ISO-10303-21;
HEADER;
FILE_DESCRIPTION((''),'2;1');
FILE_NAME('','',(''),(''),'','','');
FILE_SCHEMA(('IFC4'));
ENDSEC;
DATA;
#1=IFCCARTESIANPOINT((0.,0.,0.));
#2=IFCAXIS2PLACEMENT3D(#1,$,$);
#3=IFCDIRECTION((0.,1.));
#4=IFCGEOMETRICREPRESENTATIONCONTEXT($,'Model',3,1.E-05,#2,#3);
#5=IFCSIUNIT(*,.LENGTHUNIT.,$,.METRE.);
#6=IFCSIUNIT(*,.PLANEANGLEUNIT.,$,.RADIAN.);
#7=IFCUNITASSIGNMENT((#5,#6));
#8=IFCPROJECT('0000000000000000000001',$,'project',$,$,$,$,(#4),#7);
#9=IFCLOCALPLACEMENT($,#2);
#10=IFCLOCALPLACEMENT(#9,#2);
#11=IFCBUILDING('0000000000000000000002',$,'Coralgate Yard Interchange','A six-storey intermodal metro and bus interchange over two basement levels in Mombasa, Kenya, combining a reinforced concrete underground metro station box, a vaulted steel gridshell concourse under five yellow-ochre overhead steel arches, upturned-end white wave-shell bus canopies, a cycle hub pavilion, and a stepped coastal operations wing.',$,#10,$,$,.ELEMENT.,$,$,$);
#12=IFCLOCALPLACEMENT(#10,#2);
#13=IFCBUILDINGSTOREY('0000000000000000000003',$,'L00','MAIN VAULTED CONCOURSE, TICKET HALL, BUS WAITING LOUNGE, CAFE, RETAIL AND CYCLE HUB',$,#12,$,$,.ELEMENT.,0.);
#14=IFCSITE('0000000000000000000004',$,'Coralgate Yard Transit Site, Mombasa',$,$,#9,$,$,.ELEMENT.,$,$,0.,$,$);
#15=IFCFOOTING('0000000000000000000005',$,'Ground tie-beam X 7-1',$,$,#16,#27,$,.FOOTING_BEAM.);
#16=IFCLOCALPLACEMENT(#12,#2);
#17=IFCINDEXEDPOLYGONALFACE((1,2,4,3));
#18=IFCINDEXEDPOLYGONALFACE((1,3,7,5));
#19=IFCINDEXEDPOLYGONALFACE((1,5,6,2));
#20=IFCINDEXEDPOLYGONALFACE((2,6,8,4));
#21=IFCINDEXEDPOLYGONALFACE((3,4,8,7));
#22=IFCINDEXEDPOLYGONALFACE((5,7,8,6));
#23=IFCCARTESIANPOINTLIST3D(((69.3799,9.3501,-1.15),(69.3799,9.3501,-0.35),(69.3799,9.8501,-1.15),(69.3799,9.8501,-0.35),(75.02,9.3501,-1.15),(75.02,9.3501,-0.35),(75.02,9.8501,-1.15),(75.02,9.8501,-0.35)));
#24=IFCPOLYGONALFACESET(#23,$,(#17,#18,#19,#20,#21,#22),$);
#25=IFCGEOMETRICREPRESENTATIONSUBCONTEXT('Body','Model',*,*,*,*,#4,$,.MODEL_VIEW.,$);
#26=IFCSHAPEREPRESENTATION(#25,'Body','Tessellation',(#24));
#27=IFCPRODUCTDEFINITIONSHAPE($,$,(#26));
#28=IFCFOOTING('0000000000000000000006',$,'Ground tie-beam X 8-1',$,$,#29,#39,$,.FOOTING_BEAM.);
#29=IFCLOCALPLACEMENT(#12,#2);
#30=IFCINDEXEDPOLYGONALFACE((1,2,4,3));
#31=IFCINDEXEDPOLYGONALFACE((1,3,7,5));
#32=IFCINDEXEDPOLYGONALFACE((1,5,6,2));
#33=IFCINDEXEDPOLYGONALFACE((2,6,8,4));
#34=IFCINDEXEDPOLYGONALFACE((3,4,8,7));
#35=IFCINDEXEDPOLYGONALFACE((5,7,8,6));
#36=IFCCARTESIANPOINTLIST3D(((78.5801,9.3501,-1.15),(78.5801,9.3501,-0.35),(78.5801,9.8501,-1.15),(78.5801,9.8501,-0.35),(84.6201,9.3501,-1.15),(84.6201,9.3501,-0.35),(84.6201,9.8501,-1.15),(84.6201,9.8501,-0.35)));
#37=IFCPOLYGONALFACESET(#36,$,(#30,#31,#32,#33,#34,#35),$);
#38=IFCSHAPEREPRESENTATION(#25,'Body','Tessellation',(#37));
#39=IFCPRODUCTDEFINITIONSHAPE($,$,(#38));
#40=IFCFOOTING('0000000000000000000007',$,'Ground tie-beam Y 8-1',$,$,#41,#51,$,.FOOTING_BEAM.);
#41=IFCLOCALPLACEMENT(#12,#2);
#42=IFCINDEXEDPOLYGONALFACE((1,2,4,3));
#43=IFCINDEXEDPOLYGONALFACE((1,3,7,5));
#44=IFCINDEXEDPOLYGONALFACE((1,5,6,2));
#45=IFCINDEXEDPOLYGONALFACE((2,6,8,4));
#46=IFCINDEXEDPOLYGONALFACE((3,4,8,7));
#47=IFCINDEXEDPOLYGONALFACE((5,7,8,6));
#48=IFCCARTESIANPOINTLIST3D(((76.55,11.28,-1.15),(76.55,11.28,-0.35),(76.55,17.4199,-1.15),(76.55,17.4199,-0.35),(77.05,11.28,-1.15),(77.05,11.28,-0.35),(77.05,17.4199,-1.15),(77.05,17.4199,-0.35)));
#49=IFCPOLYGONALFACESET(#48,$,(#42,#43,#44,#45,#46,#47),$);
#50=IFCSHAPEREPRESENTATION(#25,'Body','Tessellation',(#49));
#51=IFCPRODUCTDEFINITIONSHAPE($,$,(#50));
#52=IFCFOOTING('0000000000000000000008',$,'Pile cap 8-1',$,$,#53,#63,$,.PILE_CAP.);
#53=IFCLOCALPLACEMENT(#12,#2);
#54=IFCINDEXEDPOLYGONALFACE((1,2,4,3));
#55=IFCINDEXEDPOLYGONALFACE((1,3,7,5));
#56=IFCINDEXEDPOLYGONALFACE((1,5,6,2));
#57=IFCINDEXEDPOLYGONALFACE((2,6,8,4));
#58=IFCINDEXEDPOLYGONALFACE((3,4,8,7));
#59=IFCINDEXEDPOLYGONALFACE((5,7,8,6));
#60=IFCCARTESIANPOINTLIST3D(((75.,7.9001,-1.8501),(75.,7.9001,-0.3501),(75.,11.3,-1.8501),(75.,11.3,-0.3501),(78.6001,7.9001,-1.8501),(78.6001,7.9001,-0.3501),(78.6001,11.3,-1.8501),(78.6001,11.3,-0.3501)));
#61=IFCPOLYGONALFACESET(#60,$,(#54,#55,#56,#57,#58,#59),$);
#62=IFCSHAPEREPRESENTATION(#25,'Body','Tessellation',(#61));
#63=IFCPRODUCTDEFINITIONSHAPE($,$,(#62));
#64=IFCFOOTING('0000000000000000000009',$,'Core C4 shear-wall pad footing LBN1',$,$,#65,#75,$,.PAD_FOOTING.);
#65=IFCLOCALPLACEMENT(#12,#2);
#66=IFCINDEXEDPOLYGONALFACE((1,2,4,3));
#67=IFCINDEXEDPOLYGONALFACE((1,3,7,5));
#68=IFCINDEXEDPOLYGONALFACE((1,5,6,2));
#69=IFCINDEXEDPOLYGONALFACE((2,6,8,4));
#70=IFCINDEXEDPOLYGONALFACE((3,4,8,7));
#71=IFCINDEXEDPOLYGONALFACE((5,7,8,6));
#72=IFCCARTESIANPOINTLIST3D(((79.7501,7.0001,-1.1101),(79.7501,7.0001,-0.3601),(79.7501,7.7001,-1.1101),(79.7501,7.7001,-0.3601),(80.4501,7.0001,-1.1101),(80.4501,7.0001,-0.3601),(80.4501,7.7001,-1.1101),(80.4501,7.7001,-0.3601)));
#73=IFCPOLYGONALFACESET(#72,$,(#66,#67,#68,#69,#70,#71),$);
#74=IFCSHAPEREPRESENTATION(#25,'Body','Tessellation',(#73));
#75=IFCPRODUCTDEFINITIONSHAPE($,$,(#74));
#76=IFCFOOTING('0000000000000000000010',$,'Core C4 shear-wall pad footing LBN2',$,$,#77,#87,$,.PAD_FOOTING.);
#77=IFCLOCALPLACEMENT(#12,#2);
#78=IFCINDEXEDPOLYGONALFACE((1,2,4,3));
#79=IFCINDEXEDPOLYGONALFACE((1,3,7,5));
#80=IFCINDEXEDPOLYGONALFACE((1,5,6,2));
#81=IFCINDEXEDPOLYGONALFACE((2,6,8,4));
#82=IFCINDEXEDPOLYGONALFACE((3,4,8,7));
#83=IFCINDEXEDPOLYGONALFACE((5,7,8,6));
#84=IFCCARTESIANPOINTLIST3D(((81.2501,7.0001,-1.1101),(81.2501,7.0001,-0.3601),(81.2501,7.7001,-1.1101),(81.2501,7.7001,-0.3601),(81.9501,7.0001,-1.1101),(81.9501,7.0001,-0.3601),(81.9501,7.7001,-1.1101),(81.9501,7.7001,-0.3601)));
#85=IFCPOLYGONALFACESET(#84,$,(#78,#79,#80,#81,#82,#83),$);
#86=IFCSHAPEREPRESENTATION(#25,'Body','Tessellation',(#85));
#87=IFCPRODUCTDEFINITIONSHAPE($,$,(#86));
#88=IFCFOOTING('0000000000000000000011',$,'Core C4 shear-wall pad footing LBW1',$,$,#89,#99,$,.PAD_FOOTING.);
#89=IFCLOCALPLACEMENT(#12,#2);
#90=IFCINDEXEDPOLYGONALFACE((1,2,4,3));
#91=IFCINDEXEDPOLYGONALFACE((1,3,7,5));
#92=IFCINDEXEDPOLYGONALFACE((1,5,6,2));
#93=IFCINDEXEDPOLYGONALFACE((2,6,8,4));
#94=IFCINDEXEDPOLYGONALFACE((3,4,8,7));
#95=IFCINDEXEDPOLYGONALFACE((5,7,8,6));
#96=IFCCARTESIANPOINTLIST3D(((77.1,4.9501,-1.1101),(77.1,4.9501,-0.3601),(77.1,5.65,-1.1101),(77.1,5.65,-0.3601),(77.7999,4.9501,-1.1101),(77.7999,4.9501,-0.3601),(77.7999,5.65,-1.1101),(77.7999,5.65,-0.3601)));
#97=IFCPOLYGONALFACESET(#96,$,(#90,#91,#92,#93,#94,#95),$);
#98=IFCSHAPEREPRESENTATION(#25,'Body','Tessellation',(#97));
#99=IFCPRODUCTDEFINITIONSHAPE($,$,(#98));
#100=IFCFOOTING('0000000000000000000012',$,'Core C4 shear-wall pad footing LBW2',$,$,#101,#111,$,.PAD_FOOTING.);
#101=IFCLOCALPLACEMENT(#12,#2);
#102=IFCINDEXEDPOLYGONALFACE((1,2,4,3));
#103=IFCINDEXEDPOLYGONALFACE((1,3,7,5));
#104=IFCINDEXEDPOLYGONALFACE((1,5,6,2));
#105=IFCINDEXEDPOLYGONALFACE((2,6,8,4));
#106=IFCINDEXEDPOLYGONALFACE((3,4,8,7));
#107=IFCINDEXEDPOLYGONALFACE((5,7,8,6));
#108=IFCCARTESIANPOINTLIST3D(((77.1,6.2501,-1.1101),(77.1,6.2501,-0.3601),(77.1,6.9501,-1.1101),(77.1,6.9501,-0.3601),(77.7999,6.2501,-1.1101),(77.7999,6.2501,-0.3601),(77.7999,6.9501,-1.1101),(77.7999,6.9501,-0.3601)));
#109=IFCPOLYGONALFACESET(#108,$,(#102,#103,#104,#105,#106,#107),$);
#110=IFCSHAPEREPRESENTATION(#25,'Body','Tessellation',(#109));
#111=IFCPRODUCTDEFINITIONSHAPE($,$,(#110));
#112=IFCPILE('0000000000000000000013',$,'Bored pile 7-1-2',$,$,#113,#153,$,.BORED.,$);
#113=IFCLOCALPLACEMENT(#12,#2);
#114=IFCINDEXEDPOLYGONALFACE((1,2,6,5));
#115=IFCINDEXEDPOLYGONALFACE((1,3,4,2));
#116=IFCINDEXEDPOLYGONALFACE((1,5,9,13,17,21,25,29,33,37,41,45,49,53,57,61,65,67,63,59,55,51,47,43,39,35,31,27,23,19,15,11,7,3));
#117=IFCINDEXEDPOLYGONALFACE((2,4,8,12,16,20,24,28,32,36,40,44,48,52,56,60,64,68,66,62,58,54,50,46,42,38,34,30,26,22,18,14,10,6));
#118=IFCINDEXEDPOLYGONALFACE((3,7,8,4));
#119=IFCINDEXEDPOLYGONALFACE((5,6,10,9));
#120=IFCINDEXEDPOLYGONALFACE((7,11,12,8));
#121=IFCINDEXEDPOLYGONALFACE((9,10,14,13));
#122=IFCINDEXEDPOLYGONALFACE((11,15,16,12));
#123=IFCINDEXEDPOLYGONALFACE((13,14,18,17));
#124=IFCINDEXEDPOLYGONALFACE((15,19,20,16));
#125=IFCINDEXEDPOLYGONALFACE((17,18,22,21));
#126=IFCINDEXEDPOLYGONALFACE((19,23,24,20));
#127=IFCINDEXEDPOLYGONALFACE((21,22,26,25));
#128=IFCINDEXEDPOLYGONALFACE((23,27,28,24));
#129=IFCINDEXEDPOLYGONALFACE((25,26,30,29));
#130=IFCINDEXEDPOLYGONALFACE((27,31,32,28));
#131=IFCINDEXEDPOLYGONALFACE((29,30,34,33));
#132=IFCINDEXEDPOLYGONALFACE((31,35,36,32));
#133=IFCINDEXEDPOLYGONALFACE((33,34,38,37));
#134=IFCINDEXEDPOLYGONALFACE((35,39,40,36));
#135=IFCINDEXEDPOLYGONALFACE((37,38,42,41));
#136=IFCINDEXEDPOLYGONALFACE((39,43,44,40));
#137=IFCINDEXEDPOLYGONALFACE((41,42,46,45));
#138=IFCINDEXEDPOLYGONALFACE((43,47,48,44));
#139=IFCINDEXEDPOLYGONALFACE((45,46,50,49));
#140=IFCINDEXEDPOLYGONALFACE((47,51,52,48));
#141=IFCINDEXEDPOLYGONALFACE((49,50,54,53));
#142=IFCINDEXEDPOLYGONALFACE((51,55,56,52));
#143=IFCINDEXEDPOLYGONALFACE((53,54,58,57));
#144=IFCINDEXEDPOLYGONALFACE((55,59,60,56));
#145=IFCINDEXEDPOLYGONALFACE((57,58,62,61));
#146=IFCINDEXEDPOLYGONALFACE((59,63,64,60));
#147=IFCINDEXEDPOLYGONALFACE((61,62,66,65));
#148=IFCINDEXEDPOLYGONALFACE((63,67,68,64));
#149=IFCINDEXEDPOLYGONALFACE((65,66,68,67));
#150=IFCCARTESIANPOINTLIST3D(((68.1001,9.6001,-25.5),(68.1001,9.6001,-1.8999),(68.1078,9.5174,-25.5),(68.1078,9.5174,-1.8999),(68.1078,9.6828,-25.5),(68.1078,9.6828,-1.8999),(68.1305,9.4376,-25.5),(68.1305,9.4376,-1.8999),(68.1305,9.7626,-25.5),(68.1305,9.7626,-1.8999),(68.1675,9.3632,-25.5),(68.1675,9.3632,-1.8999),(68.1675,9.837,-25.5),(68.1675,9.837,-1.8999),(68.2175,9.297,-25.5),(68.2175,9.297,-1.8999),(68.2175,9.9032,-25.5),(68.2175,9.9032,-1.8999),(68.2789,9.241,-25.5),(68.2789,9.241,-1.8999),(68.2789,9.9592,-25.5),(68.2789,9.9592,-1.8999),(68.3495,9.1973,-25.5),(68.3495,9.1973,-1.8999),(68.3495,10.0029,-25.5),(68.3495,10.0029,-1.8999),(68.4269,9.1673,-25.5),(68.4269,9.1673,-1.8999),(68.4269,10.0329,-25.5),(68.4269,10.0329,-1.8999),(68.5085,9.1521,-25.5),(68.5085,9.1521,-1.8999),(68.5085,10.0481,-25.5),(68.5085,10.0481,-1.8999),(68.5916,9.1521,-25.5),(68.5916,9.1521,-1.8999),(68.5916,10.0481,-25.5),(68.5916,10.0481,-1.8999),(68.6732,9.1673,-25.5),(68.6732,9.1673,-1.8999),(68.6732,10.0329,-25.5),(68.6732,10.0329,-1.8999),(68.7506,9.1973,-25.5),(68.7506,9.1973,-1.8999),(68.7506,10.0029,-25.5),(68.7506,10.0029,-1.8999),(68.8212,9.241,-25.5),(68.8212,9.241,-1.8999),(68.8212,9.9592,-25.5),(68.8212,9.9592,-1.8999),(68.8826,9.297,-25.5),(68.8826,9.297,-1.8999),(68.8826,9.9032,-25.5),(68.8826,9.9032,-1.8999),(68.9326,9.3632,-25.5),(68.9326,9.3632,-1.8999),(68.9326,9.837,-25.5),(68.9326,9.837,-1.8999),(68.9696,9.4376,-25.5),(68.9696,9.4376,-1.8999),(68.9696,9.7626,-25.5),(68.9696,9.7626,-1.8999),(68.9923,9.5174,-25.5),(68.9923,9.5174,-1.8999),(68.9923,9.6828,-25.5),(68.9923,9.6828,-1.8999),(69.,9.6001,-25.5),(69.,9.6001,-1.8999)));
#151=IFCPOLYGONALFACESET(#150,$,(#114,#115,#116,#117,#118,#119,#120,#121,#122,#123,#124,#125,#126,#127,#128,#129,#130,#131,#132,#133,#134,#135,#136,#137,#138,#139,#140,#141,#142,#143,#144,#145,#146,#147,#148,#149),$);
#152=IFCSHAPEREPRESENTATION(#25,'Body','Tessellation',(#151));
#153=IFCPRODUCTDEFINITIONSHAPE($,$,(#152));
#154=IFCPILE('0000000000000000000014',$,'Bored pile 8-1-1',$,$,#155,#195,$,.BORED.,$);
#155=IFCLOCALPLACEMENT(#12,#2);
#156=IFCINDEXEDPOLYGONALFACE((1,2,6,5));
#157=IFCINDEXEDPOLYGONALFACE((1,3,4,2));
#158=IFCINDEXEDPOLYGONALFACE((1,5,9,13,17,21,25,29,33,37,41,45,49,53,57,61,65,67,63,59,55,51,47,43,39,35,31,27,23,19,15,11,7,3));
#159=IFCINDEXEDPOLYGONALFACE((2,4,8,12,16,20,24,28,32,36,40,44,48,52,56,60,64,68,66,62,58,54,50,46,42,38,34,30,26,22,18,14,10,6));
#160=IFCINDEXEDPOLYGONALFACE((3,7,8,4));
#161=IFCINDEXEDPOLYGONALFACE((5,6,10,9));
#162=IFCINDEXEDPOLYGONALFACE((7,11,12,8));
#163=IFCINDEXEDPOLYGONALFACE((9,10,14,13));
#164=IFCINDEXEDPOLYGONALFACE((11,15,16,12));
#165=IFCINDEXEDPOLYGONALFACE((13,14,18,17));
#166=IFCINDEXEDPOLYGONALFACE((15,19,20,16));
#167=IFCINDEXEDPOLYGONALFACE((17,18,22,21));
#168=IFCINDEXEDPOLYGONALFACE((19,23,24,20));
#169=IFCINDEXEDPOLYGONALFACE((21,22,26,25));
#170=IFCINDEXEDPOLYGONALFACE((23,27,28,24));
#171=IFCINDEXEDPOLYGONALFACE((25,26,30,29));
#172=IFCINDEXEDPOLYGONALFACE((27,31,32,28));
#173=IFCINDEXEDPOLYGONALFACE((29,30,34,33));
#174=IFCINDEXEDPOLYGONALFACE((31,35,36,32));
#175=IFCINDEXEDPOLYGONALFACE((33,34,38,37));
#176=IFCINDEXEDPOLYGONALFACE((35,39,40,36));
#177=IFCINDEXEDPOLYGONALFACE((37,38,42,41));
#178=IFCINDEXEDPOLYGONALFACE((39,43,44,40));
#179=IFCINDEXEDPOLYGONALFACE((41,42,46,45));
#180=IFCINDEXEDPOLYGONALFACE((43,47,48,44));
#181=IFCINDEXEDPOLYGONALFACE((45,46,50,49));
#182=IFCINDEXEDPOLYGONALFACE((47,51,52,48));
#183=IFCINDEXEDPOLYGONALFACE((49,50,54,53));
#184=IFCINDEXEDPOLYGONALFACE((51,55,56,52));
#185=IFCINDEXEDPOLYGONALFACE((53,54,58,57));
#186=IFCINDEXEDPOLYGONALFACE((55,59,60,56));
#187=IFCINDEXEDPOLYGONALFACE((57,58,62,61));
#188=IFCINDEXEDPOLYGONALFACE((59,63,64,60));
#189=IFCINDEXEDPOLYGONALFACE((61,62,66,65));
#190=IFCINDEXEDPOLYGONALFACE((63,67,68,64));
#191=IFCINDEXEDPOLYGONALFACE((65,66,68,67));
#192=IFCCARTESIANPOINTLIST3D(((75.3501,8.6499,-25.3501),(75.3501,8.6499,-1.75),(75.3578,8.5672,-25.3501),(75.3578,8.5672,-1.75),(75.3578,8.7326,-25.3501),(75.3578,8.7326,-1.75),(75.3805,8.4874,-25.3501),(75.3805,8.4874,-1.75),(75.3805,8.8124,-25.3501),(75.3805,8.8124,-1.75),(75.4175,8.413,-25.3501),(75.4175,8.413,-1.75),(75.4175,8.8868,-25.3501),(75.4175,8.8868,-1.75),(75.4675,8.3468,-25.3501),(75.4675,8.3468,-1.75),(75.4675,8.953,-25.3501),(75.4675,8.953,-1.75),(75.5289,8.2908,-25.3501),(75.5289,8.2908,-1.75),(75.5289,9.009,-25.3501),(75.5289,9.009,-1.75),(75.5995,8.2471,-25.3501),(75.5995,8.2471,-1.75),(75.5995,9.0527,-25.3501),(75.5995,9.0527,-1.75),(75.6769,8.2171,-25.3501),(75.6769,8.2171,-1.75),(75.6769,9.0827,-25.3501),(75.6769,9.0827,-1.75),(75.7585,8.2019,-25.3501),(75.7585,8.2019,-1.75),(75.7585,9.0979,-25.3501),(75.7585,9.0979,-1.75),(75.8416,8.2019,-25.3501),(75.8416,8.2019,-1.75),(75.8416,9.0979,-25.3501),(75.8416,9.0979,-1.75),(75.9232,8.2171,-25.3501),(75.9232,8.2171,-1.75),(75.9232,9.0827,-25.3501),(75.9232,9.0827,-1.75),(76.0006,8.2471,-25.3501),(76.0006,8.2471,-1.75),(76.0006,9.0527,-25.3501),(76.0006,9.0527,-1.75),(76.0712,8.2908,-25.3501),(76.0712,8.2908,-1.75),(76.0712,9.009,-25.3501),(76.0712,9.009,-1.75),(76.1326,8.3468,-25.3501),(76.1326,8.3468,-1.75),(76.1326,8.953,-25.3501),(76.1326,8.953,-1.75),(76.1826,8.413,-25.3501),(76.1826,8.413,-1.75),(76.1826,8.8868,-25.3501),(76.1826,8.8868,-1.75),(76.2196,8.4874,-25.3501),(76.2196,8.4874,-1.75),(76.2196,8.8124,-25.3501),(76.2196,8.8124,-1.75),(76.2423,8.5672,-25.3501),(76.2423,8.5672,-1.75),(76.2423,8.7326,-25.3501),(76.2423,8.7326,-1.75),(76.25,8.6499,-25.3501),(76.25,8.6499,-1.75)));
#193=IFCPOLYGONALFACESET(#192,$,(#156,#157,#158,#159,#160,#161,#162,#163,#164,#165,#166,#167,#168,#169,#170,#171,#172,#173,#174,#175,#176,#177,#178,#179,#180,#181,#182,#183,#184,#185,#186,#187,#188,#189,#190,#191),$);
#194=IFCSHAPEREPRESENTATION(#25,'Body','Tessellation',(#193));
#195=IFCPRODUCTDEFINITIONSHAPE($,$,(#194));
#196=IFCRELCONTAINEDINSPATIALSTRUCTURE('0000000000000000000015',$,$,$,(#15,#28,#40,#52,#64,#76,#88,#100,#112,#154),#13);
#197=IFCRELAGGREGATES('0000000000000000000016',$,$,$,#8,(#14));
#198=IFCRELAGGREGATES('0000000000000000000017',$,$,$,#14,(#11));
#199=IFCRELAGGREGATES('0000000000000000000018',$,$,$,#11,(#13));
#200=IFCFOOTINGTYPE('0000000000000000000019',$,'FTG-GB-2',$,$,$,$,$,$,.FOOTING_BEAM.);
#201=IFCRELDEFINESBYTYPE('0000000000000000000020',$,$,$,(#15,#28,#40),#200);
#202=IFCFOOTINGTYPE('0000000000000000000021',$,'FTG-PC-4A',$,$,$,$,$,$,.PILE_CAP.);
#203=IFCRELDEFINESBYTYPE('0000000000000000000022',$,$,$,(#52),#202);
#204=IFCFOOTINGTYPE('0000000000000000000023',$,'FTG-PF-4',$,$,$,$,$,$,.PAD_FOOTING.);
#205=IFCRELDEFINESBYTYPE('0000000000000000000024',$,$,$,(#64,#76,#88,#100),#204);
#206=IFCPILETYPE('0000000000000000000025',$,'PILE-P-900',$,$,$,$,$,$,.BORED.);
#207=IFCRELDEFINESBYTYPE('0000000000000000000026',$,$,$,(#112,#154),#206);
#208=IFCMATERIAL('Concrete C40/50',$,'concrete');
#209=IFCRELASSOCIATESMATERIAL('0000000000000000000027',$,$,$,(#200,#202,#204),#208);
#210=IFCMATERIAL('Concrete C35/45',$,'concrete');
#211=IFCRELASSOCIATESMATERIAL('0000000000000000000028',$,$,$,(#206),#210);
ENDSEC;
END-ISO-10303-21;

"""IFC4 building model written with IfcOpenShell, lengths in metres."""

from ifc_helpers import new_model, si_unit, direction, frame, origin, origin_2d, place, context, subcontext, project, spatial, rectangle, circle, extrude, material, material_profile, profile_set, type_object, element, save


model = new_model("IFC4")

# Units and contexts
model_context = context("Model", 3, precision=1e-05, world=origin(), true_north=direction((0.0, 1.0)))
body_context = subcontext(model_context, "Body", "Model", "MODEL_VIEW")
ifc_project = project(units=[si_unit("LENGTHUNIT", "METRE"), si_unit("PLANEANGLEUNIT", "RADIAN")], contexts=[model_context])

# Site, building, storey
site_placement = place(None, origin())
site = spatial("IfcSite", under=ifc_project, at=site_placement, Name="Coralgate Yard Transit Site, Mombasa", CompositionType="ELEMENT", RefElevation=0.0)
building_placement = place(site_placement, origin())
building = spatial("IfcBuilding", under=site, at=building_placement, Name="Coralgate Yard Interchange", Description="A six-storey intermodal metro and bus interchange over two basement levels in Mombasa, Kenya, combining a reinforced concrete underground metro station box, a vaulted steel gridshell concourse under five yellow-ochre overhead steel arches, upturned-end white wave-shell bus canopies, a cycle hub pavilion, and a stepped coastal operations wing.", CompositionType="ELEMENT")
storey_placement = place(building_placement, origin())
storey = spatial("IfcBuildingStorey", under=building, at=storey_placement, Name="L00", Description="MAIN VAULTED CONCOURSE, TICKET HALL, BUS WAITING LOUNGE, CAFE, RETAIL AND CYCLE HUB", CompositionType="ELEMENT", Elevation=0.0)

# Footings
ifc_material_1 = material(Name="Concrete C40/50", Category="concrete")
ifc_material_profile_1 = material_profile(ifc_material_1, rectangle(XDim=0.5, YDim=0.8, at=origin_2d()), Name="RC 500x800")
ifc_profile_set_1 = profile_set([ifc_material_profile_1], Name="Concrete C40/50")
footing_type_1 = type_object("IfcFootingType", Name="FTG-GB-2", PredefinedType="FOOTING_BEAM", material=ifc_profile_set_1)
footing_1_placement = place(storey_placement, frame((69.3799, 9.6001, -0.75), z_axis=(1.0, 0.0, 0.0), x_axis=(0.0, 1.0, 0.0)))
element("IfcFooting", 1, at=footing_1_placement, inside=storey, type_object=footing_type_1, Name="Ground tie-beam X 7-1", PredefinedType="FOOTING_BEAM", context=body_context, shape_type="SweptSolid", body=[
    extrude(rectangle(XDim=0.5, YDim=0.8, at=origin_2d()), origin(), (0.0, 0.0, 1.0), 5.6401),
])
footing_2_placement = place(storey_placement, frame((78.5801, 9.6001, -0.75), z_axis=(1.0, 0.0, 0.0), x_axis=(0.0, 1.0, 0.0)))
element("IfcFooting", 2, at=footing_2_placement, inside=storey, type_object=footing_type_1, Name="Ground tie-beam X 8-1", PredefinedType="FOOTING_BEAM", context=body_context, shape_type="SweptSolid", body=[
    extrude(rectangle(XDim=0.5, YDim=0.8, at=origin_2d()), origin(), (0.0, 0.0, 1.0), 6.04),
])
footing_3_placement = place(storey_placement, frame((76.8, 11.28, -0.75), z_axis=(0.0, 1.0, 0.0), x_axis=(-1.0, 0.0, 0.0)))
element("IfcFooting", 3, at=footing_3_placement, inside=storey, type_object=footing_type_1, Name="Ground tie-beam Y 8-1", PredefinedType="FOOTING_BEAM", context=body_context, shape_type="SweptSolid", body=[
    extrude(rectangle(XDim=0.5, YDim=0.8, at=origin_2d()), origin(), (0.0, 0.0, 1.0), 6.1399),
])
footing_type_2 = type_object("IfcFootingType", Name="FTG-PC-4A", PredefinedType="PILE_CAP", material=ifc_material_1)
footing_4_placement = place(storey_placement, frame((76.8, 9.6001, -1.8501), z_axis=(0.0, 0.0, 1.0), x_axis=(1.0, 0.0, 0.0)))
element("IfcFooting", 4, at=footing_4_placement, inside=storey, type_object=footing_type_2, Name="Pile cap 8-1", PredefinedType="PILE_CAP", context=body_context, shape_type="SweptSolid", body=[
    extrude(rectangle(XDim=3.6001, YDim=3.3999, at=origin_2d()), origin(), (0.0, 0.0, 1.0), 1.5),
])
footing_type_3 = type_object("IfcFootingType", Name="FTG-PF-4", PredefinedType="PAD_FOOTING", material=ifc_material_1)
for number, where, z_axis, x_axis, name in (
    (5, (80.1001, 7.3501, -1.1101), (0.0, 0.0, 1.0), (1.0, 0.0, 0.0), "Core C4 shear-wall pad footing LBN1"),
    (6, (81.6001, 7.3501, -1.1101), (0.0, 0.0, 1.0), (1.0, 0.0, 0.0), "Core C4 shear-wall pad footing LBN2"),
    (7, (77.45, 5.3, -1.1101), (0.0, 0.0, 1.0), (1.0, 0.0, 0.0), "Core C4 shear-wall pad footing LBW1"),
    (8, (77.45, 6.6001, -1.1101), (0.0, 0.0, 1.0), (1.0, 0.0, 0.0), "Core C4 shear-wall pad footing LBW2"),
):
    element("IfcFooting", number, at=place(storey_placement, frame(where, z_axis=z_axis, x_axis=x_axis)), inside=storey, type_object=footing_type_3, Name=name, PredefinedType="PAD_FOOTING", context=body_context, shape_type="SweptSolid", body=[
        extrude(rectangle(XDim=0.7, YDim=0.7, at=origin_2d()), origin(), (0.0, 0.0, 1.0), 0.75),
    ])

# Piles
ifc_material_2 = material(Name="Concrete C35/45", Category="concrete")
ifc_material_profile_2 = material_profile(ifc_material_2, circle(Radius=0.45, at=origin_2d()), Name="BORED PILE D900")
ifc_profile_set_2 = profile_set([ifc_material_profile_2], Name="Concrete C35/45")
pile_type = type_object("IfcPileType", Name="PILE-P-900", PredefinedType="BORED", material=ifc_profile_set_2)
for number, where, z_axis, x_axis, name in (
    (9, (68.55, 9.6001, -1.8999), (0.0, 0.0, -1.0), (1.0, 0.0, 0.0), "Bored pile 7-1-2"),
    (10, (75.8, 8.6499, -1.75), (0.0, 0.0, -1.0), (1.0, 0.0, 0.0), "Bored pile 8-1-1"),
):
    element("IfcPile", number, at=place(storey_placement, frame(where, z_axis=z_axis, x_axis=x_axis)), inside=storey, type_object=pile_type, Name=name, PredefinedType="BORED", context=body_context, shape_type="SweptSolid", body=[
        extrude(circle(Radius=0.45, at=origin_2d()), origin(), (0.0, 0.0, 1.0), 23.6001),
    ])

save(model, "model.ifc")
